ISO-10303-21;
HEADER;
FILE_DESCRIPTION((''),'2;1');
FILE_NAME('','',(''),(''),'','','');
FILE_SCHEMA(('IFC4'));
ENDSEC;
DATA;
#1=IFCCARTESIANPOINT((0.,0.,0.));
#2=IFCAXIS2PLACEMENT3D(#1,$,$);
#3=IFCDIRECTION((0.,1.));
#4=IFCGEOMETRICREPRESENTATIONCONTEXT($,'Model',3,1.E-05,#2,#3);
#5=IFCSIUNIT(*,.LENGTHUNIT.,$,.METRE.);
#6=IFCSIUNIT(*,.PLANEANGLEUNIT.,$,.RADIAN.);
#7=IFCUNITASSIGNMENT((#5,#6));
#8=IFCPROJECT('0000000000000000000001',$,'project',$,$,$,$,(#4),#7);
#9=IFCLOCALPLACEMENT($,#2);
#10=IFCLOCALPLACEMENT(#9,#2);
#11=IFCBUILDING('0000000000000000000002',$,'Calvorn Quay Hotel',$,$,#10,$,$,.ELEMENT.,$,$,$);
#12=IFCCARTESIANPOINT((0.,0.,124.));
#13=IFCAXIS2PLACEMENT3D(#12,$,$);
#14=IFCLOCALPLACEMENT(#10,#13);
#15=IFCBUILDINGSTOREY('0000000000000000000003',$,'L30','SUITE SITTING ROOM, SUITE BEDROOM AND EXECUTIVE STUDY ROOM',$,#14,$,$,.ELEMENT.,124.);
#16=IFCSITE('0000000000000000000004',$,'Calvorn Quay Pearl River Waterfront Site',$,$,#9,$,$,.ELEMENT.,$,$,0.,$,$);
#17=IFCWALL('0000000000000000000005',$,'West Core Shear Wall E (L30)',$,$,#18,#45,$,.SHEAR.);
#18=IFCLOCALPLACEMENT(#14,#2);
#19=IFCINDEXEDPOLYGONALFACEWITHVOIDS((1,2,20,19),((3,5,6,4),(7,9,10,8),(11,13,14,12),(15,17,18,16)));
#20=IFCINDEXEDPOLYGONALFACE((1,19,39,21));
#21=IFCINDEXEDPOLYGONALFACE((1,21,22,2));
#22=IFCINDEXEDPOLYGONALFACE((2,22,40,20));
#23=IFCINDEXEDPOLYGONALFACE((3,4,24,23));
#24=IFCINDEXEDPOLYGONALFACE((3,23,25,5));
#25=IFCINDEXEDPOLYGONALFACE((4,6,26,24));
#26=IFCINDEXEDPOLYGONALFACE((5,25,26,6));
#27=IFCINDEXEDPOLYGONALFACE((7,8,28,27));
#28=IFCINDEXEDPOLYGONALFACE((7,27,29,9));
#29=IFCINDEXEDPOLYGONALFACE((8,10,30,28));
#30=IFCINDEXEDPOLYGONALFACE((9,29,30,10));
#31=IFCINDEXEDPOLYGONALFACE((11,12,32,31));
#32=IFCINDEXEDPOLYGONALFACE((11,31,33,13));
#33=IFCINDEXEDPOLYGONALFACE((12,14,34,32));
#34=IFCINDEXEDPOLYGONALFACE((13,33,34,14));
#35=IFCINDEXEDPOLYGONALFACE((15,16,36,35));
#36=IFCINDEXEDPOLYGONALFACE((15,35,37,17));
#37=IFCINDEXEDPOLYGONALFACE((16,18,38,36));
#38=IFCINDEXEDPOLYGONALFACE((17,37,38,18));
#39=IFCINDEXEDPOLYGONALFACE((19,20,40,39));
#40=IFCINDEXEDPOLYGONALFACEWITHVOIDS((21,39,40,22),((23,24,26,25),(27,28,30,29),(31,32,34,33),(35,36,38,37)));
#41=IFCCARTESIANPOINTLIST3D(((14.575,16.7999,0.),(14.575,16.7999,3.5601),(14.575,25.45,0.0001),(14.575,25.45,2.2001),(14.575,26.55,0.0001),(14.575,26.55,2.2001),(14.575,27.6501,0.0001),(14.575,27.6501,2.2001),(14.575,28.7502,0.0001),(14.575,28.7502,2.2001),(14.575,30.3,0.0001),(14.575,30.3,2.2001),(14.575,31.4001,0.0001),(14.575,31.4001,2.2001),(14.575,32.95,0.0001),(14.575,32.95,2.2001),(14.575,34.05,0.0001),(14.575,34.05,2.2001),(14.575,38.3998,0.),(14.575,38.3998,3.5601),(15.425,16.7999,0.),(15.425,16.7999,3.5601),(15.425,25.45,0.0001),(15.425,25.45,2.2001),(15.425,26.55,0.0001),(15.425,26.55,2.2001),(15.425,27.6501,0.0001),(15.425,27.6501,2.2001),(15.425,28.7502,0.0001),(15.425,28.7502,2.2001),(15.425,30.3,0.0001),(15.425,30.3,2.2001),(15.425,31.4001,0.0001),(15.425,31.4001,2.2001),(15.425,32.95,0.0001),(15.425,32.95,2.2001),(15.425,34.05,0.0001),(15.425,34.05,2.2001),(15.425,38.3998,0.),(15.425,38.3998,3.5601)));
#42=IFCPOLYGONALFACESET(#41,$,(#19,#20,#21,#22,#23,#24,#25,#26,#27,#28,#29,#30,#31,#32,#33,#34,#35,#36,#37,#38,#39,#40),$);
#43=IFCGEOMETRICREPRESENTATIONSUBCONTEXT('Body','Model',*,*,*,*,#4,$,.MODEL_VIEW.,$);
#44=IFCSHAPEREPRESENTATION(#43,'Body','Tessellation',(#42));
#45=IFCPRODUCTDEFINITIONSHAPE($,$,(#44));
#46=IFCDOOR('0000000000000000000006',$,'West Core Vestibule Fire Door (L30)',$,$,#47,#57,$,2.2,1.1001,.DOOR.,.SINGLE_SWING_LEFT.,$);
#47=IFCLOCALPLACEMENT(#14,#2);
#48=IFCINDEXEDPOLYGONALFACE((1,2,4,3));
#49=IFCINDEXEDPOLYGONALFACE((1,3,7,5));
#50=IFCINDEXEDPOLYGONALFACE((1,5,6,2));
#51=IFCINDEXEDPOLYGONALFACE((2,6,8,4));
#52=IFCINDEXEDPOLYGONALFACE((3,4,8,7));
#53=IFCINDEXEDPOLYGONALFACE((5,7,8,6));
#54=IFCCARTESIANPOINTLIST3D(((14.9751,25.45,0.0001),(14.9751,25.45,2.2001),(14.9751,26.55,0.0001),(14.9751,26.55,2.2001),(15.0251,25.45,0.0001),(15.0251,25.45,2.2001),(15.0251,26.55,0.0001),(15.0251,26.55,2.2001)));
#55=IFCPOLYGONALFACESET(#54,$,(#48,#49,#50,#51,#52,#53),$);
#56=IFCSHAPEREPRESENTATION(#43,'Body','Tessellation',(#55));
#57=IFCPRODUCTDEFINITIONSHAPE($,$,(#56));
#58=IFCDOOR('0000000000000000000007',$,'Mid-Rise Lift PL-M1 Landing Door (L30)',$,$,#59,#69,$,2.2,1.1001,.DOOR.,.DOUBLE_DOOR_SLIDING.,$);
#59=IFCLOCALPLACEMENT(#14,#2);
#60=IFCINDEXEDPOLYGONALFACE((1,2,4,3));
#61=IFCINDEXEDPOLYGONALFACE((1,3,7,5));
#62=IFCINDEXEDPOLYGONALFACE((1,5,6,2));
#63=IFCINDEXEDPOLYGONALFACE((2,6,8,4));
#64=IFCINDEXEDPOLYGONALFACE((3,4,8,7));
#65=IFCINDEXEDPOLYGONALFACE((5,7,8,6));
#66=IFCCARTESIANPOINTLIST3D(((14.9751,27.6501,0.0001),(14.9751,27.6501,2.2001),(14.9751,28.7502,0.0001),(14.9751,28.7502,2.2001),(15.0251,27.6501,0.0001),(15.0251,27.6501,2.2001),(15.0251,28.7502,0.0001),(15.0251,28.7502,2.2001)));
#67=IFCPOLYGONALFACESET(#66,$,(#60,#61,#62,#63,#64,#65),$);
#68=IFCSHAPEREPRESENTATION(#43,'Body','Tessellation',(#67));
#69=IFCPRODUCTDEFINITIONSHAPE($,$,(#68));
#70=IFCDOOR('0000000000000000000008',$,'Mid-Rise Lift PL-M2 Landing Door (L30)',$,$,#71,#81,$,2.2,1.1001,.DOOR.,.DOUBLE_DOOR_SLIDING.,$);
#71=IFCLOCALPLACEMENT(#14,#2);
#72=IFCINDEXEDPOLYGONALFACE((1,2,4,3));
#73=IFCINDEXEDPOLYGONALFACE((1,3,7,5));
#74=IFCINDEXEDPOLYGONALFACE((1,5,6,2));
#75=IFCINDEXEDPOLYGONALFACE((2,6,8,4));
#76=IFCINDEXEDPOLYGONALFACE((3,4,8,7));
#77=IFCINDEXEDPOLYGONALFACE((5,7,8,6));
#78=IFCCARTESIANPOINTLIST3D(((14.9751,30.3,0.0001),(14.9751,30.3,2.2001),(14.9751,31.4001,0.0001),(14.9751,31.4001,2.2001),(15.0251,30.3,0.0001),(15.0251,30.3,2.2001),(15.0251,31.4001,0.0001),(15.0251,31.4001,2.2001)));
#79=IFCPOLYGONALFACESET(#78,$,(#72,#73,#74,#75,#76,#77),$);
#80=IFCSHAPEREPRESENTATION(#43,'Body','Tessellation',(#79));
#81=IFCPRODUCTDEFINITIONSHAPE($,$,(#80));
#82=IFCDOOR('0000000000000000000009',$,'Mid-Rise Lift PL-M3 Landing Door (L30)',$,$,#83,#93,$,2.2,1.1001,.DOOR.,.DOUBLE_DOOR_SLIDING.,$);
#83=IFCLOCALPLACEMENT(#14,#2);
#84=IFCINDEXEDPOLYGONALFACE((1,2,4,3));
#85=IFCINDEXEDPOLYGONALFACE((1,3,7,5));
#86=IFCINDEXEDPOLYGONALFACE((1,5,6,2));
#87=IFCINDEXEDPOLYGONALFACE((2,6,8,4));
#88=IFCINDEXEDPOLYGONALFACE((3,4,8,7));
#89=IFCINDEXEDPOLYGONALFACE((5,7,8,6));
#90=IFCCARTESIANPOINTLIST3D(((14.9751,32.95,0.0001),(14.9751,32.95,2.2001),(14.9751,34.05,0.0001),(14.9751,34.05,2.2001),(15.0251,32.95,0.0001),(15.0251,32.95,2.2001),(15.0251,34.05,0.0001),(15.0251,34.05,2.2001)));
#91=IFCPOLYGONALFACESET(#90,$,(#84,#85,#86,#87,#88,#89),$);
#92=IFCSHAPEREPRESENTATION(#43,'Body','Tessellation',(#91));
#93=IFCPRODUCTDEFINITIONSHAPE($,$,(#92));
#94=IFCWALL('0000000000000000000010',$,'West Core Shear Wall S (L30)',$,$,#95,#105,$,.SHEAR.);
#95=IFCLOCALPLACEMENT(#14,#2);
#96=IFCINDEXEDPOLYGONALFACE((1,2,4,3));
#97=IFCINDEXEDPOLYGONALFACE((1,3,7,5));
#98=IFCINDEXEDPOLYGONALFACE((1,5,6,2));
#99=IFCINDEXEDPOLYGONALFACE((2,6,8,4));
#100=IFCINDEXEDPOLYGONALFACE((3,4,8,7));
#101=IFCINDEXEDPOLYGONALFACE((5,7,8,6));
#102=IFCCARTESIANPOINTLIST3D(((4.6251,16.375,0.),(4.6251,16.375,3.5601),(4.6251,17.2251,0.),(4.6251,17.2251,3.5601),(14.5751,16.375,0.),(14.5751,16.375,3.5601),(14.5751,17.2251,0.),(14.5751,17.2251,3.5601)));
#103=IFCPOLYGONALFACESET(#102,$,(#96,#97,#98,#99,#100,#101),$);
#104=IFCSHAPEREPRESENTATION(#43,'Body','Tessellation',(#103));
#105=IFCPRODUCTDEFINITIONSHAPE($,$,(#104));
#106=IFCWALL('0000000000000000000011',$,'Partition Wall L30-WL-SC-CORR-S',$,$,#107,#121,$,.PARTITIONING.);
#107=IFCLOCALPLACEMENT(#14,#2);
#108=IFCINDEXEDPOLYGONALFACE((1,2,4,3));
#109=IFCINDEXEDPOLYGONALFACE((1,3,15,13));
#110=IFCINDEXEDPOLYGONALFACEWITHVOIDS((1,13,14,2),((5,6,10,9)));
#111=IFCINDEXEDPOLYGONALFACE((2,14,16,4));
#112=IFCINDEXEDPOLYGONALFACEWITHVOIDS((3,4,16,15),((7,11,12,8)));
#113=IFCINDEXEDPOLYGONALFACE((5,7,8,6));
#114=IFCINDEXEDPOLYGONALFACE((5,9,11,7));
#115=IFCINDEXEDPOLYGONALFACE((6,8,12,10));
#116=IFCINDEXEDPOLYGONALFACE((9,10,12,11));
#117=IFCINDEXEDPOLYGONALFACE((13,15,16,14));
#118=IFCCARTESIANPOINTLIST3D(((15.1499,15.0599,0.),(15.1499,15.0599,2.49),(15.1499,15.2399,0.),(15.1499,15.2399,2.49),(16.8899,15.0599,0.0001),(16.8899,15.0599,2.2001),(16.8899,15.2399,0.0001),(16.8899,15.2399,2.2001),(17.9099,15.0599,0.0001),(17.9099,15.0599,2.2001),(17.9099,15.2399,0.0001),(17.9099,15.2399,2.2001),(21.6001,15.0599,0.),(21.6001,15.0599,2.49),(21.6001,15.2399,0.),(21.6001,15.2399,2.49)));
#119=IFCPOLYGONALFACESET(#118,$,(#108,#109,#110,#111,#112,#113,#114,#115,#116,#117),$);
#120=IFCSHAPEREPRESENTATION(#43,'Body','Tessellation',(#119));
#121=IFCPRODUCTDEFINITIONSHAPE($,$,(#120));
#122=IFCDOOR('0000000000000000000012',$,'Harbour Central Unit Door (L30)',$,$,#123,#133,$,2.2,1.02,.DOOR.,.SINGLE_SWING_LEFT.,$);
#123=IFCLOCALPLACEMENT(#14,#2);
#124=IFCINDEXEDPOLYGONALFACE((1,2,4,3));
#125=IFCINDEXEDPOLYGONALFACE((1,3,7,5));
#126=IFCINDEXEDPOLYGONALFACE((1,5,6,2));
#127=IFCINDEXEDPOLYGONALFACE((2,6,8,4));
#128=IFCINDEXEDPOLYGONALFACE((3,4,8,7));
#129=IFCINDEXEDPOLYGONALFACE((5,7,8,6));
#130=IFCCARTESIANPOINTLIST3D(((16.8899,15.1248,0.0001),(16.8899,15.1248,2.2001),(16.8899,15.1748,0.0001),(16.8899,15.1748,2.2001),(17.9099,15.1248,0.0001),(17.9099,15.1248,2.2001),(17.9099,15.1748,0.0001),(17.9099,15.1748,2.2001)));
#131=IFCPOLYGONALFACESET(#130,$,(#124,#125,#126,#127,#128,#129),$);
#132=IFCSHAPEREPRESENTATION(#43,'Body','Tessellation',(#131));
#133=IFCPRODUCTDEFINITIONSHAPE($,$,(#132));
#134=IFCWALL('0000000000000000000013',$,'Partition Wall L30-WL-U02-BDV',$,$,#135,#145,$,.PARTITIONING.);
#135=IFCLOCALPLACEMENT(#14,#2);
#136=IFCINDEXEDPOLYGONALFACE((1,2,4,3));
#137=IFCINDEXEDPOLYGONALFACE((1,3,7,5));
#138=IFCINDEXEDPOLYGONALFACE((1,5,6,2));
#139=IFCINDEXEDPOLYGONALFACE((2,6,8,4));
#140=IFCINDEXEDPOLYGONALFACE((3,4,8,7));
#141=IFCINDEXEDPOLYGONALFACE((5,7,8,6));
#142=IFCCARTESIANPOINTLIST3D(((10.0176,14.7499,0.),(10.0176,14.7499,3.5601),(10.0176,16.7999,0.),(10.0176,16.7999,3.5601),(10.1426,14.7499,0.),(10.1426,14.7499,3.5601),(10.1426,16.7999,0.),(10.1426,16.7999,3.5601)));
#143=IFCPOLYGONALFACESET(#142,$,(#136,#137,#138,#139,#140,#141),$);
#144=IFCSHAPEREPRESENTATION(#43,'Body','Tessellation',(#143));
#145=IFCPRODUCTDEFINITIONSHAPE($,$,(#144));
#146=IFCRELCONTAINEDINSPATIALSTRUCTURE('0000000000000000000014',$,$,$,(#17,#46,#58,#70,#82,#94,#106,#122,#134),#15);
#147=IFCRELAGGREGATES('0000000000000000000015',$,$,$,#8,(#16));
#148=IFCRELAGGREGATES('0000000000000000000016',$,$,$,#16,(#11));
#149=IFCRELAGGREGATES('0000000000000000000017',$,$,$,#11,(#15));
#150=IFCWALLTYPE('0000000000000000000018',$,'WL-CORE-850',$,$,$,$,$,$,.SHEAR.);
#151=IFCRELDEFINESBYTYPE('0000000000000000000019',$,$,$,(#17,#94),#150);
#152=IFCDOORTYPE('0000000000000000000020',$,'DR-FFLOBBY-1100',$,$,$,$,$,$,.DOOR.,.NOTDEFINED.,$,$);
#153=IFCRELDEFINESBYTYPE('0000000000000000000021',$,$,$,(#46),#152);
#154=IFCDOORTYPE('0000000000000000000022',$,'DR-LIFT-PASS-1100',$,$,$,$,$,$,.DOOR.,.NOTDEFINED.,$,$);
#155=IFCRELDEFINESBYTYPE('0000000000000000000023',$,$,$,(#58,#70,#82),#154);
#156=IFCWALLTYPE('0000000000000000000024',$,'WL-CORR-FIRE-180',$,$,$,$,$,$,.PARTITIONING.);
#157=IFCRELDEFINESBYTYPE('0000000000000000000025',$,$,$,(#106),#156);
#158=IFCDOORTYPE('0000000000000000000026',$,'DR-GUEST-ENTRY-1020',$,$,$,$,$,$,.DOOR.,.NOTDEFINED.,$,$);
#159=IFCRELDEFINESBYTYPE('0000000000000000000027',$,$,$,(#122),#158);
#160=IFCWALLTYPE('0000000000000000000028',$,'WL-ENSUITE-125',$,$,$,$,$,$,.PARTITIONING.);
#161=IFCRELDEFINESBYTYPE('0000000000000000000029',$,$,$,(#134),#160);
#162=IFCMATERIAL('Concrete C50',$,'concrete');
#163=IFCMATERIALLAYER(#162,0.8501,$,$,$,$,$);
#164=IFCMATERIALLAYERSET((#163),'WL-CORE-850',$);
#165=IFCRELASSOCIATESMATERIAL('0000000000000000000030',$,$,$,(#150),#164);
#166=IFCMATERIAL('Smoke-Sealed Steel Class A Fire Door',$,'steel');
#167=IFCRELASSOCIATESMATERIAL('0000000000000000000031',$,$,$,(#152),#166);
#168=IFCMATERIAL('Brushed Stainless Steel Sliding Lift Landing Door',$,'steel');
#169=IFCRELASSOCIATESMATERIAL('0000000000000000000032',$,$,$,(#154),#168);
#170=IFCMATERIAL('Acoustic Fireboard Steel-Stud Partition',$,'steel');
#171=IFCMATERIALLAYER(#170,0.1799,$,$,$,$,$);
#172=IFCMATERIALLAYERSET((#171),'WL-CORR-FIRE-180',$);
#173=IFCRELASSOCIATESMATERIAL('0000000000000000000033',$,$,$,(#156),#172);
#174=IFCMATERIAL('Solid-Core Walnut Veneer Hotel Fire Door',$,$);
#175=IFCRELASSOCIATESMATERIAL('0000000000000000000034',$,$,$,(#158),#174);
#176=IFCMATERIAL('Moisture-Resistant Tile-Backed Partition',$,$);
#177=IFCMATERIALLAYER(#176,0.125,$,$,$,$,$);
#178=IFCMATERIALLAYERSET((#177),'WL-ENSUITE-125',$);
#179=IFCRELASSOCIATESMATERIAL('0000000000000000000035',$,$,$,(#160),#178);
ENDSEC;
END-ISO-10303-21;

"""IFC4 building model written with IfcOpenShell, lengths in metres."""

from ifc_helpers import new_model, si_unit, direction, frame, frame_2d, origin, place, context, subcontext, project, spatial, rectangle, extrude, material, layer, layer_set, type_object, element, fill, save


model = new_model("IFC4")

# Units and contexts
model_context = context("Model", 3, precision=1e-05, world=origin(), true_north=direction((0.0, 1.0)))
body_context = subcontext(model_context, "Body", "Model", "MODEL_VIEW")
ifc_project = project(units=[si_unit("LENGTHUNIT", "METRE"), si_unit("PLANEANGLEUNIT", "RADIAN")], contexts=[model_context])

# Site, building, storey
site_placement = place(None, origin())
site = spatial("IfcSite", under=ifc_project, at=site_placement, Name="Calvorn Quay Pearl River Waterfront Site", CompositionType="ELEMENT", RefElevation=0.0)
building_placement = place(site_placement, origin())
building = spatial("IfcBuilding", under=site, at=building_placement, Name="Calvorn Quay Hotel", CompositionType="ELEMENT")
storey_placement = place(building_placement, frame((0.0, 0.0, 124.0)))
storey = spatial("IfcBuildingStorey", under=building, at=storey_placement, Name="L30", Description="SUITE SITTING ROOM, SUITE BEDROOM AND EXECUTIVE STUDY ROOM", CompositionType="ELEMENT", Elevation=124.0)

# Wall, openings, doors
ifc_material_1 = material(Name="Concrete C50", Category="concrete")
ifc_layer_1 = layer(ifc_material_1, 0.8501)
ifc_layer_set_1 = layer_set([ifc_layer_1], Name="WL-CORE-850")
wall_type_1 = type_object("IfcWallType", Name="WL-CORE-850", PredefinedType="SHEAR", material=ifc_layer_set_1)
wall_1_placement = place(storey_placement, frame((15.0, 16.8, 0.0), z_axis=(0.0, 0.0, 1.0), x_axis=(0.0, 1.0, 0.0)))
wall_1 = element("IfcWall", 1, at=wall_1_placement, inside=storey, type_object=wall_type_1, Name="West Core Shear Wall E (L30)", PredefinedType="SHEAR", context=body_context, shape_type="SweptSolid", body=[
    extrude(rectangle(XDim=21.5999, YDim=0.8501, at=frame_2d((10.7998, 0.0))), origin(), (0.0, 0.0, 1.0), 3.5601),
])
opening_1_placement = place(wall_1_placement, frame((8.6499, 0.0, 0.0)))
opening_1 = element("IfcOpeningElement", 2, at=opening_1_placement, cuts=wall_1, PredefinedType="OPENING", context=body_context, shape_type="SweptSolid", body=[
    extrude(rectangle(XDim=1.1001, YDim=2.2, at=frame_2d((0.55, 1.1001))), frame((0.0, 0.4351, 0.0), z_axis=(0.0, -1.0, 0.0), x_axis=(1.0, 0.0, 0.0)), (0.0, 0.0, 1.0), 0.8701),
])
opening_2_placement = place(wall_1_placement, frame((10.8501, 0.0, 0.0)))
opening_2 = element("IfcOpeningElement", 3, at=opening_2_placement, cuts=wall_1, PredefinedType="OPENING", context=body_context, shape_type="SweptSolid", body=[
    extrude(rectangle(XDim=1.1001, YDim=2.2, at=frame_2d((0.55, 1.1001))), frame((0.0, 0.4351, 0.0), z_axis=(0.0, -1.0, 0.0), x_axis=(1.0, 0.0, 0.0)), (0.0, 0.0, 1.0), 0.8701),
])
opening_3_placement = place(wall_1_placement, frame((13.5, 0.0, 0.0)))
opening_3 = element("IfcOpeningElement", 4, at=opening_3_placement, cuts=wall_1, PredefinedType="OPENING", context=body_context, shape_type="SweptSolid", body=[
    extrude(rectangle(XDim=1.1001, YDim=2.2, at=frame_2d((0.55, 1.1001))), frame((0.0, 0.4351, 0.0), z_axis=(0.0, -1.0, 0.0), x_axis=(1.0, 0.0, 0.0)), (0.0, 0.0, 1.0), 0.8701),
])
opening_4_placement = place(wall_1_placement, frame((16.1499, 0.0, 0.0)))
opening_4 = element("IfcOpeningElement", 5, at=opening_4_placement, cuts=wall_1, PredefinedType="OPENING", context=body_context, shape_type="SweptSolid", body=[
    extrude(rectangle(XDim=1.1001, YDim=2.2, at=frame_2d((0.55, 1.1001))), frame((0.0, 0.4351, 0.0), z_axis=(0.0, -1.0, 0.0), x_axis=(1.0, 0.0, 0.0)), (0.0, 0.0, 1.0), 0.8701),
])
ifc_material_2 = material(Name="Smoke-Sealed Steel Class A Fire Door", Category="steel")
door_type_1 = type_object("IfcDoorType", Name="DR-FFLOBBY-1100", OperationType="NOTDEFINED", PredefinedType="DOOR", material=ifc_material_2)
door_1_placement = place(opening_1_placement, origin())
door_1 = element("IfcDoor", 6, at=door_1_placement, inside=storey, type_object=door_type_1, Name="West Core Vestibule Fire Door (L30)", OperationType="SINGLE_SWING_LEFT", OverallHeight=2.2, OverallWidth=1.1001, PredefinedType="DOOR", context=body_context, shape_type="SweptSolid", body=[
    extrude(rectangle(XDim=1.1001, YDim=2.2, at=frame_2d((0.55, 1.1001))), frame((0.0, 0.0249, 0.0), z_axis=(0.0, -1.0, 0.0), x_axis=(1.0, 0.0, 0.0)), (0.0, 0.0, 1.0), 0.05),
])
fill(opening_1, door_1)
ifc_material_3 = material(Name="Brushed Stainless Steel Sliding Lift Landing Door", Category="steel")
door_type_2 = type_object("IfcDoorType", Name="DR-LIFT-PASS-1100", OperationType="NOTDEFINED", PredefinedType="DOOR", material=ifc_material_3)
door_2_placement = place(opening_2_placement, origin())
door_2 = element("IfcDoor", 7, at=door_2_placement, inside=storey, type_object=door_type_2, Name="Mid-Rise Lift PL-M1 Landing Door (L30)", OperationType="DOUBLE_DOOR_SLIDING", OverallHeight=2.2, OverallWidth=1.1001, PredefinedType="DOOR", context=body_context, shape_type="SweptSolid", body=[
    extrude(rectangle(XDim=1.1001, YDim=2.2, at=frame_2d((0.55, 1.1001))), frame((0.0, 0.0249, 0.0), z_axis=(0.0, -1.0, 0.0), x_axis=(1.0, 0.0, 0.0)), (0.0, 0.0, 1.0), 0.05),
])
fill(opening_2, door_2)
door_3_placement = place(opening_3_placement, origin())
door_3 = element("IfcDoor", 8, at=door_3_placement, inside=storey, type_object=door_type_2, Name="Mid-Rise Lift PL-M2 Landing Door (L30)", OperationType="DOUBLE_DOOR_SLIDING", OverallHeight=2.2, OverallWidth=1.1001, PredefinedType="DOOR", context=body_context, shape_type="SweptSolid", body=[
    extrude(rectangle(XDim=1.1001, YDim=2.2, at=frame_2d((0.55, 1.1001))), frame((0.0, 0.0249, 0.0), z_axis=(0.0, -1.0, 0.0), x_axis=(1.0, 0.0, 0.0)), (0.0, 0.0, 1.0), 0.05),
])
fill(opening_3, door_3)
door_4_placement = place(opening_4_placement, origin())
door_4 = element("IfcDoor", 9, at=door_4_placement, inside=storey, type_object=door_type_2, Name="Mid-Rise Lift PL-M3 Landing Door (L30)", OperationType="DOUBLE_DOOR_SLIDING", OverallHeight=2.2, OverallWidth=1.1001, PredefinedType="DOOR", context=body_context, shape_type="SweptSolid", body=[
    extrude(rectangle(XDim=1.1001, YDim=2.2, at=frame_2d((0.55, 1.1001))), frame((0.0, 0.0249, 0.0), z_axis=(0.0, -1.0, 0.0), x_axis=(1.0, 0.0, 0.0)), (0.0, 0.0, 1.0), 0.05),
])
fill(opening_4, door_4)

# Wall
wall_2_placement = place(storey_placement, frame((4.625, 16.8, 0.0), z_axis=(0.0, 0.0, 1.0), x_axis=(1.0, 0.0, 0.0)))
element("IfcWall", 10, at=wall_2_placement, inside=storey, type_object=wall_type_1, Name="West Core Shear Wall S (L30)", PredefinedType="SHEAR", context=body_context, shape_type="SweptSolid", body=[
    extrude(rectangle(XDim=9.95, YDim=0.8501, at=frame_2d((4.9751, 0.0))), origin(), (0.0, 0.0, 1.0), 3.5601),
])

# Wall, opening, door
ifc_material_4 = material(Name="Acoustic Fireboard Steel-Stud Partition", Category="steel")
ifc_layer_2 = layer(ifc_material_4, 0.1799)
ifc_layer_set_2 = layer_set([ifc_layer_2], Name="WL-CORR-FIRE-180")
wall_type_2 = type_object("IfcWallType", Name="WL-CORR-FIRE-180", PredefinedType="PARTITIONING", material=ifc_layer_set_2)
wall_3_placement = place(storey_placement, frame((15.1499, 15.1499, 0.0), z_axis=(0.0, 0.0, 1.0), x_axis=(1.0, 0.0, 0.0)))
wall_3 = element("IfcWall", 11, at=wall_3_placement, inside=storey, type_object=wall_type_2, Name="Partition Wall L30-WL-SC-CORR-S", PredefinedType="PARTITIONING", context=body_context, shape_type="SweptSolid", body=[
    extrude(rectangle(XDim=6.4502, YDim=0.1799, at=frame_2d((3.2251, 0.0))), origin(), (0.0, 0.0, 1.0), 2.49),
])
opening_5_placement = place(wall_3_placement, frame((1.74, 0.0, 0.0)))
opening_5 = element("IfcOpeningElement", 12, at=opening_5_placement, cuts=wall_3, PredefinedType="OPENING", context=body_context, shape_type="SweptSolid", body=[
    extrude(rectangle(XDim=1.02, YDim=2.2, at=frame_2d((0.51, 1.1001))), frame((0.0, 0.0999, 0.0), z_axis=(0.0, -1.0, 0.0), x_axis=(1.0, 0.0, 0.0)), (0.0, 0.0, 1.0), 0.2),
])
ifc_material_5 = material(Name="Solid-Core Walnut Veneer Hotel Fire Door")
door_type_3 = type_object("IfcDoorType", Name="DR-GUEST-ENTRY-1020", OperationType="NOTDEFINED", PredefinedType="DOOR", material=ifc_material_5)
door_5_placement = place(opening_5_placement, origin())
door_5 = element("IfcDoor", 13, at=door_5_placement, inside=storey, type_object=door_type_3, Name="Harbour Central Unit Door (L30)", OperationType="SINGLE_SWING_LEFT", OverallHeight=2.2, OverallWidth=1.02, PredefinedType="DOOR", context=body_context, shape_type="SweptSolid", body=[
    extrude(rectangle(XDim=1.02, YDim=2.2, at=frame_2d((0.51, 1.1001))), frame((0.0, 0.0249, 0.0), z_axis=(0.0, -1.0, 0.0), x_axis=(1.0, 0.0, 0.0)), (0.0, 0.0, 1.0), 0.05),
])
fill(opening_5, door_5)

# Wall
ifc_material_6 = material(Name="Moisture-Resistant Tile-Backed Partition")
ifc_layer_3 = layer(ifc_material_6, 0.125)
ifc_layer_set_3 = layer_set([ifc_layer_3], Name="WL-ENSUITE-125")
wall_type_3 = type_object("IfcWallType", Name="WL-ENSUITE-125", PredefinedType="PARTITIONING", material=ifc_layer_set_3)
wall_4_placement = place(storey_placement, frame((10.0801, 14.75, 0.0), z_axis=(0.0, 0.0, 1.0), x_axis=(0.0, 1.0, 0.0)))
element("IfcWall", 14, at=wall_4_placement, inside=storey, type_object=wall_type_3, Name="Partition Wall L30-WL-U02-BDV", PredefinedType="PARTITIONING", context=body_context, shape_type="SweptSolid", body=[
    extrude(rectangle(XDim=2.05, YDim=0.125, at=frame_2d((1.0249, 0.0))), origin(), (0.0, 0.0, 1.0), 3.5601),
])

save(model, "model.ifc")
